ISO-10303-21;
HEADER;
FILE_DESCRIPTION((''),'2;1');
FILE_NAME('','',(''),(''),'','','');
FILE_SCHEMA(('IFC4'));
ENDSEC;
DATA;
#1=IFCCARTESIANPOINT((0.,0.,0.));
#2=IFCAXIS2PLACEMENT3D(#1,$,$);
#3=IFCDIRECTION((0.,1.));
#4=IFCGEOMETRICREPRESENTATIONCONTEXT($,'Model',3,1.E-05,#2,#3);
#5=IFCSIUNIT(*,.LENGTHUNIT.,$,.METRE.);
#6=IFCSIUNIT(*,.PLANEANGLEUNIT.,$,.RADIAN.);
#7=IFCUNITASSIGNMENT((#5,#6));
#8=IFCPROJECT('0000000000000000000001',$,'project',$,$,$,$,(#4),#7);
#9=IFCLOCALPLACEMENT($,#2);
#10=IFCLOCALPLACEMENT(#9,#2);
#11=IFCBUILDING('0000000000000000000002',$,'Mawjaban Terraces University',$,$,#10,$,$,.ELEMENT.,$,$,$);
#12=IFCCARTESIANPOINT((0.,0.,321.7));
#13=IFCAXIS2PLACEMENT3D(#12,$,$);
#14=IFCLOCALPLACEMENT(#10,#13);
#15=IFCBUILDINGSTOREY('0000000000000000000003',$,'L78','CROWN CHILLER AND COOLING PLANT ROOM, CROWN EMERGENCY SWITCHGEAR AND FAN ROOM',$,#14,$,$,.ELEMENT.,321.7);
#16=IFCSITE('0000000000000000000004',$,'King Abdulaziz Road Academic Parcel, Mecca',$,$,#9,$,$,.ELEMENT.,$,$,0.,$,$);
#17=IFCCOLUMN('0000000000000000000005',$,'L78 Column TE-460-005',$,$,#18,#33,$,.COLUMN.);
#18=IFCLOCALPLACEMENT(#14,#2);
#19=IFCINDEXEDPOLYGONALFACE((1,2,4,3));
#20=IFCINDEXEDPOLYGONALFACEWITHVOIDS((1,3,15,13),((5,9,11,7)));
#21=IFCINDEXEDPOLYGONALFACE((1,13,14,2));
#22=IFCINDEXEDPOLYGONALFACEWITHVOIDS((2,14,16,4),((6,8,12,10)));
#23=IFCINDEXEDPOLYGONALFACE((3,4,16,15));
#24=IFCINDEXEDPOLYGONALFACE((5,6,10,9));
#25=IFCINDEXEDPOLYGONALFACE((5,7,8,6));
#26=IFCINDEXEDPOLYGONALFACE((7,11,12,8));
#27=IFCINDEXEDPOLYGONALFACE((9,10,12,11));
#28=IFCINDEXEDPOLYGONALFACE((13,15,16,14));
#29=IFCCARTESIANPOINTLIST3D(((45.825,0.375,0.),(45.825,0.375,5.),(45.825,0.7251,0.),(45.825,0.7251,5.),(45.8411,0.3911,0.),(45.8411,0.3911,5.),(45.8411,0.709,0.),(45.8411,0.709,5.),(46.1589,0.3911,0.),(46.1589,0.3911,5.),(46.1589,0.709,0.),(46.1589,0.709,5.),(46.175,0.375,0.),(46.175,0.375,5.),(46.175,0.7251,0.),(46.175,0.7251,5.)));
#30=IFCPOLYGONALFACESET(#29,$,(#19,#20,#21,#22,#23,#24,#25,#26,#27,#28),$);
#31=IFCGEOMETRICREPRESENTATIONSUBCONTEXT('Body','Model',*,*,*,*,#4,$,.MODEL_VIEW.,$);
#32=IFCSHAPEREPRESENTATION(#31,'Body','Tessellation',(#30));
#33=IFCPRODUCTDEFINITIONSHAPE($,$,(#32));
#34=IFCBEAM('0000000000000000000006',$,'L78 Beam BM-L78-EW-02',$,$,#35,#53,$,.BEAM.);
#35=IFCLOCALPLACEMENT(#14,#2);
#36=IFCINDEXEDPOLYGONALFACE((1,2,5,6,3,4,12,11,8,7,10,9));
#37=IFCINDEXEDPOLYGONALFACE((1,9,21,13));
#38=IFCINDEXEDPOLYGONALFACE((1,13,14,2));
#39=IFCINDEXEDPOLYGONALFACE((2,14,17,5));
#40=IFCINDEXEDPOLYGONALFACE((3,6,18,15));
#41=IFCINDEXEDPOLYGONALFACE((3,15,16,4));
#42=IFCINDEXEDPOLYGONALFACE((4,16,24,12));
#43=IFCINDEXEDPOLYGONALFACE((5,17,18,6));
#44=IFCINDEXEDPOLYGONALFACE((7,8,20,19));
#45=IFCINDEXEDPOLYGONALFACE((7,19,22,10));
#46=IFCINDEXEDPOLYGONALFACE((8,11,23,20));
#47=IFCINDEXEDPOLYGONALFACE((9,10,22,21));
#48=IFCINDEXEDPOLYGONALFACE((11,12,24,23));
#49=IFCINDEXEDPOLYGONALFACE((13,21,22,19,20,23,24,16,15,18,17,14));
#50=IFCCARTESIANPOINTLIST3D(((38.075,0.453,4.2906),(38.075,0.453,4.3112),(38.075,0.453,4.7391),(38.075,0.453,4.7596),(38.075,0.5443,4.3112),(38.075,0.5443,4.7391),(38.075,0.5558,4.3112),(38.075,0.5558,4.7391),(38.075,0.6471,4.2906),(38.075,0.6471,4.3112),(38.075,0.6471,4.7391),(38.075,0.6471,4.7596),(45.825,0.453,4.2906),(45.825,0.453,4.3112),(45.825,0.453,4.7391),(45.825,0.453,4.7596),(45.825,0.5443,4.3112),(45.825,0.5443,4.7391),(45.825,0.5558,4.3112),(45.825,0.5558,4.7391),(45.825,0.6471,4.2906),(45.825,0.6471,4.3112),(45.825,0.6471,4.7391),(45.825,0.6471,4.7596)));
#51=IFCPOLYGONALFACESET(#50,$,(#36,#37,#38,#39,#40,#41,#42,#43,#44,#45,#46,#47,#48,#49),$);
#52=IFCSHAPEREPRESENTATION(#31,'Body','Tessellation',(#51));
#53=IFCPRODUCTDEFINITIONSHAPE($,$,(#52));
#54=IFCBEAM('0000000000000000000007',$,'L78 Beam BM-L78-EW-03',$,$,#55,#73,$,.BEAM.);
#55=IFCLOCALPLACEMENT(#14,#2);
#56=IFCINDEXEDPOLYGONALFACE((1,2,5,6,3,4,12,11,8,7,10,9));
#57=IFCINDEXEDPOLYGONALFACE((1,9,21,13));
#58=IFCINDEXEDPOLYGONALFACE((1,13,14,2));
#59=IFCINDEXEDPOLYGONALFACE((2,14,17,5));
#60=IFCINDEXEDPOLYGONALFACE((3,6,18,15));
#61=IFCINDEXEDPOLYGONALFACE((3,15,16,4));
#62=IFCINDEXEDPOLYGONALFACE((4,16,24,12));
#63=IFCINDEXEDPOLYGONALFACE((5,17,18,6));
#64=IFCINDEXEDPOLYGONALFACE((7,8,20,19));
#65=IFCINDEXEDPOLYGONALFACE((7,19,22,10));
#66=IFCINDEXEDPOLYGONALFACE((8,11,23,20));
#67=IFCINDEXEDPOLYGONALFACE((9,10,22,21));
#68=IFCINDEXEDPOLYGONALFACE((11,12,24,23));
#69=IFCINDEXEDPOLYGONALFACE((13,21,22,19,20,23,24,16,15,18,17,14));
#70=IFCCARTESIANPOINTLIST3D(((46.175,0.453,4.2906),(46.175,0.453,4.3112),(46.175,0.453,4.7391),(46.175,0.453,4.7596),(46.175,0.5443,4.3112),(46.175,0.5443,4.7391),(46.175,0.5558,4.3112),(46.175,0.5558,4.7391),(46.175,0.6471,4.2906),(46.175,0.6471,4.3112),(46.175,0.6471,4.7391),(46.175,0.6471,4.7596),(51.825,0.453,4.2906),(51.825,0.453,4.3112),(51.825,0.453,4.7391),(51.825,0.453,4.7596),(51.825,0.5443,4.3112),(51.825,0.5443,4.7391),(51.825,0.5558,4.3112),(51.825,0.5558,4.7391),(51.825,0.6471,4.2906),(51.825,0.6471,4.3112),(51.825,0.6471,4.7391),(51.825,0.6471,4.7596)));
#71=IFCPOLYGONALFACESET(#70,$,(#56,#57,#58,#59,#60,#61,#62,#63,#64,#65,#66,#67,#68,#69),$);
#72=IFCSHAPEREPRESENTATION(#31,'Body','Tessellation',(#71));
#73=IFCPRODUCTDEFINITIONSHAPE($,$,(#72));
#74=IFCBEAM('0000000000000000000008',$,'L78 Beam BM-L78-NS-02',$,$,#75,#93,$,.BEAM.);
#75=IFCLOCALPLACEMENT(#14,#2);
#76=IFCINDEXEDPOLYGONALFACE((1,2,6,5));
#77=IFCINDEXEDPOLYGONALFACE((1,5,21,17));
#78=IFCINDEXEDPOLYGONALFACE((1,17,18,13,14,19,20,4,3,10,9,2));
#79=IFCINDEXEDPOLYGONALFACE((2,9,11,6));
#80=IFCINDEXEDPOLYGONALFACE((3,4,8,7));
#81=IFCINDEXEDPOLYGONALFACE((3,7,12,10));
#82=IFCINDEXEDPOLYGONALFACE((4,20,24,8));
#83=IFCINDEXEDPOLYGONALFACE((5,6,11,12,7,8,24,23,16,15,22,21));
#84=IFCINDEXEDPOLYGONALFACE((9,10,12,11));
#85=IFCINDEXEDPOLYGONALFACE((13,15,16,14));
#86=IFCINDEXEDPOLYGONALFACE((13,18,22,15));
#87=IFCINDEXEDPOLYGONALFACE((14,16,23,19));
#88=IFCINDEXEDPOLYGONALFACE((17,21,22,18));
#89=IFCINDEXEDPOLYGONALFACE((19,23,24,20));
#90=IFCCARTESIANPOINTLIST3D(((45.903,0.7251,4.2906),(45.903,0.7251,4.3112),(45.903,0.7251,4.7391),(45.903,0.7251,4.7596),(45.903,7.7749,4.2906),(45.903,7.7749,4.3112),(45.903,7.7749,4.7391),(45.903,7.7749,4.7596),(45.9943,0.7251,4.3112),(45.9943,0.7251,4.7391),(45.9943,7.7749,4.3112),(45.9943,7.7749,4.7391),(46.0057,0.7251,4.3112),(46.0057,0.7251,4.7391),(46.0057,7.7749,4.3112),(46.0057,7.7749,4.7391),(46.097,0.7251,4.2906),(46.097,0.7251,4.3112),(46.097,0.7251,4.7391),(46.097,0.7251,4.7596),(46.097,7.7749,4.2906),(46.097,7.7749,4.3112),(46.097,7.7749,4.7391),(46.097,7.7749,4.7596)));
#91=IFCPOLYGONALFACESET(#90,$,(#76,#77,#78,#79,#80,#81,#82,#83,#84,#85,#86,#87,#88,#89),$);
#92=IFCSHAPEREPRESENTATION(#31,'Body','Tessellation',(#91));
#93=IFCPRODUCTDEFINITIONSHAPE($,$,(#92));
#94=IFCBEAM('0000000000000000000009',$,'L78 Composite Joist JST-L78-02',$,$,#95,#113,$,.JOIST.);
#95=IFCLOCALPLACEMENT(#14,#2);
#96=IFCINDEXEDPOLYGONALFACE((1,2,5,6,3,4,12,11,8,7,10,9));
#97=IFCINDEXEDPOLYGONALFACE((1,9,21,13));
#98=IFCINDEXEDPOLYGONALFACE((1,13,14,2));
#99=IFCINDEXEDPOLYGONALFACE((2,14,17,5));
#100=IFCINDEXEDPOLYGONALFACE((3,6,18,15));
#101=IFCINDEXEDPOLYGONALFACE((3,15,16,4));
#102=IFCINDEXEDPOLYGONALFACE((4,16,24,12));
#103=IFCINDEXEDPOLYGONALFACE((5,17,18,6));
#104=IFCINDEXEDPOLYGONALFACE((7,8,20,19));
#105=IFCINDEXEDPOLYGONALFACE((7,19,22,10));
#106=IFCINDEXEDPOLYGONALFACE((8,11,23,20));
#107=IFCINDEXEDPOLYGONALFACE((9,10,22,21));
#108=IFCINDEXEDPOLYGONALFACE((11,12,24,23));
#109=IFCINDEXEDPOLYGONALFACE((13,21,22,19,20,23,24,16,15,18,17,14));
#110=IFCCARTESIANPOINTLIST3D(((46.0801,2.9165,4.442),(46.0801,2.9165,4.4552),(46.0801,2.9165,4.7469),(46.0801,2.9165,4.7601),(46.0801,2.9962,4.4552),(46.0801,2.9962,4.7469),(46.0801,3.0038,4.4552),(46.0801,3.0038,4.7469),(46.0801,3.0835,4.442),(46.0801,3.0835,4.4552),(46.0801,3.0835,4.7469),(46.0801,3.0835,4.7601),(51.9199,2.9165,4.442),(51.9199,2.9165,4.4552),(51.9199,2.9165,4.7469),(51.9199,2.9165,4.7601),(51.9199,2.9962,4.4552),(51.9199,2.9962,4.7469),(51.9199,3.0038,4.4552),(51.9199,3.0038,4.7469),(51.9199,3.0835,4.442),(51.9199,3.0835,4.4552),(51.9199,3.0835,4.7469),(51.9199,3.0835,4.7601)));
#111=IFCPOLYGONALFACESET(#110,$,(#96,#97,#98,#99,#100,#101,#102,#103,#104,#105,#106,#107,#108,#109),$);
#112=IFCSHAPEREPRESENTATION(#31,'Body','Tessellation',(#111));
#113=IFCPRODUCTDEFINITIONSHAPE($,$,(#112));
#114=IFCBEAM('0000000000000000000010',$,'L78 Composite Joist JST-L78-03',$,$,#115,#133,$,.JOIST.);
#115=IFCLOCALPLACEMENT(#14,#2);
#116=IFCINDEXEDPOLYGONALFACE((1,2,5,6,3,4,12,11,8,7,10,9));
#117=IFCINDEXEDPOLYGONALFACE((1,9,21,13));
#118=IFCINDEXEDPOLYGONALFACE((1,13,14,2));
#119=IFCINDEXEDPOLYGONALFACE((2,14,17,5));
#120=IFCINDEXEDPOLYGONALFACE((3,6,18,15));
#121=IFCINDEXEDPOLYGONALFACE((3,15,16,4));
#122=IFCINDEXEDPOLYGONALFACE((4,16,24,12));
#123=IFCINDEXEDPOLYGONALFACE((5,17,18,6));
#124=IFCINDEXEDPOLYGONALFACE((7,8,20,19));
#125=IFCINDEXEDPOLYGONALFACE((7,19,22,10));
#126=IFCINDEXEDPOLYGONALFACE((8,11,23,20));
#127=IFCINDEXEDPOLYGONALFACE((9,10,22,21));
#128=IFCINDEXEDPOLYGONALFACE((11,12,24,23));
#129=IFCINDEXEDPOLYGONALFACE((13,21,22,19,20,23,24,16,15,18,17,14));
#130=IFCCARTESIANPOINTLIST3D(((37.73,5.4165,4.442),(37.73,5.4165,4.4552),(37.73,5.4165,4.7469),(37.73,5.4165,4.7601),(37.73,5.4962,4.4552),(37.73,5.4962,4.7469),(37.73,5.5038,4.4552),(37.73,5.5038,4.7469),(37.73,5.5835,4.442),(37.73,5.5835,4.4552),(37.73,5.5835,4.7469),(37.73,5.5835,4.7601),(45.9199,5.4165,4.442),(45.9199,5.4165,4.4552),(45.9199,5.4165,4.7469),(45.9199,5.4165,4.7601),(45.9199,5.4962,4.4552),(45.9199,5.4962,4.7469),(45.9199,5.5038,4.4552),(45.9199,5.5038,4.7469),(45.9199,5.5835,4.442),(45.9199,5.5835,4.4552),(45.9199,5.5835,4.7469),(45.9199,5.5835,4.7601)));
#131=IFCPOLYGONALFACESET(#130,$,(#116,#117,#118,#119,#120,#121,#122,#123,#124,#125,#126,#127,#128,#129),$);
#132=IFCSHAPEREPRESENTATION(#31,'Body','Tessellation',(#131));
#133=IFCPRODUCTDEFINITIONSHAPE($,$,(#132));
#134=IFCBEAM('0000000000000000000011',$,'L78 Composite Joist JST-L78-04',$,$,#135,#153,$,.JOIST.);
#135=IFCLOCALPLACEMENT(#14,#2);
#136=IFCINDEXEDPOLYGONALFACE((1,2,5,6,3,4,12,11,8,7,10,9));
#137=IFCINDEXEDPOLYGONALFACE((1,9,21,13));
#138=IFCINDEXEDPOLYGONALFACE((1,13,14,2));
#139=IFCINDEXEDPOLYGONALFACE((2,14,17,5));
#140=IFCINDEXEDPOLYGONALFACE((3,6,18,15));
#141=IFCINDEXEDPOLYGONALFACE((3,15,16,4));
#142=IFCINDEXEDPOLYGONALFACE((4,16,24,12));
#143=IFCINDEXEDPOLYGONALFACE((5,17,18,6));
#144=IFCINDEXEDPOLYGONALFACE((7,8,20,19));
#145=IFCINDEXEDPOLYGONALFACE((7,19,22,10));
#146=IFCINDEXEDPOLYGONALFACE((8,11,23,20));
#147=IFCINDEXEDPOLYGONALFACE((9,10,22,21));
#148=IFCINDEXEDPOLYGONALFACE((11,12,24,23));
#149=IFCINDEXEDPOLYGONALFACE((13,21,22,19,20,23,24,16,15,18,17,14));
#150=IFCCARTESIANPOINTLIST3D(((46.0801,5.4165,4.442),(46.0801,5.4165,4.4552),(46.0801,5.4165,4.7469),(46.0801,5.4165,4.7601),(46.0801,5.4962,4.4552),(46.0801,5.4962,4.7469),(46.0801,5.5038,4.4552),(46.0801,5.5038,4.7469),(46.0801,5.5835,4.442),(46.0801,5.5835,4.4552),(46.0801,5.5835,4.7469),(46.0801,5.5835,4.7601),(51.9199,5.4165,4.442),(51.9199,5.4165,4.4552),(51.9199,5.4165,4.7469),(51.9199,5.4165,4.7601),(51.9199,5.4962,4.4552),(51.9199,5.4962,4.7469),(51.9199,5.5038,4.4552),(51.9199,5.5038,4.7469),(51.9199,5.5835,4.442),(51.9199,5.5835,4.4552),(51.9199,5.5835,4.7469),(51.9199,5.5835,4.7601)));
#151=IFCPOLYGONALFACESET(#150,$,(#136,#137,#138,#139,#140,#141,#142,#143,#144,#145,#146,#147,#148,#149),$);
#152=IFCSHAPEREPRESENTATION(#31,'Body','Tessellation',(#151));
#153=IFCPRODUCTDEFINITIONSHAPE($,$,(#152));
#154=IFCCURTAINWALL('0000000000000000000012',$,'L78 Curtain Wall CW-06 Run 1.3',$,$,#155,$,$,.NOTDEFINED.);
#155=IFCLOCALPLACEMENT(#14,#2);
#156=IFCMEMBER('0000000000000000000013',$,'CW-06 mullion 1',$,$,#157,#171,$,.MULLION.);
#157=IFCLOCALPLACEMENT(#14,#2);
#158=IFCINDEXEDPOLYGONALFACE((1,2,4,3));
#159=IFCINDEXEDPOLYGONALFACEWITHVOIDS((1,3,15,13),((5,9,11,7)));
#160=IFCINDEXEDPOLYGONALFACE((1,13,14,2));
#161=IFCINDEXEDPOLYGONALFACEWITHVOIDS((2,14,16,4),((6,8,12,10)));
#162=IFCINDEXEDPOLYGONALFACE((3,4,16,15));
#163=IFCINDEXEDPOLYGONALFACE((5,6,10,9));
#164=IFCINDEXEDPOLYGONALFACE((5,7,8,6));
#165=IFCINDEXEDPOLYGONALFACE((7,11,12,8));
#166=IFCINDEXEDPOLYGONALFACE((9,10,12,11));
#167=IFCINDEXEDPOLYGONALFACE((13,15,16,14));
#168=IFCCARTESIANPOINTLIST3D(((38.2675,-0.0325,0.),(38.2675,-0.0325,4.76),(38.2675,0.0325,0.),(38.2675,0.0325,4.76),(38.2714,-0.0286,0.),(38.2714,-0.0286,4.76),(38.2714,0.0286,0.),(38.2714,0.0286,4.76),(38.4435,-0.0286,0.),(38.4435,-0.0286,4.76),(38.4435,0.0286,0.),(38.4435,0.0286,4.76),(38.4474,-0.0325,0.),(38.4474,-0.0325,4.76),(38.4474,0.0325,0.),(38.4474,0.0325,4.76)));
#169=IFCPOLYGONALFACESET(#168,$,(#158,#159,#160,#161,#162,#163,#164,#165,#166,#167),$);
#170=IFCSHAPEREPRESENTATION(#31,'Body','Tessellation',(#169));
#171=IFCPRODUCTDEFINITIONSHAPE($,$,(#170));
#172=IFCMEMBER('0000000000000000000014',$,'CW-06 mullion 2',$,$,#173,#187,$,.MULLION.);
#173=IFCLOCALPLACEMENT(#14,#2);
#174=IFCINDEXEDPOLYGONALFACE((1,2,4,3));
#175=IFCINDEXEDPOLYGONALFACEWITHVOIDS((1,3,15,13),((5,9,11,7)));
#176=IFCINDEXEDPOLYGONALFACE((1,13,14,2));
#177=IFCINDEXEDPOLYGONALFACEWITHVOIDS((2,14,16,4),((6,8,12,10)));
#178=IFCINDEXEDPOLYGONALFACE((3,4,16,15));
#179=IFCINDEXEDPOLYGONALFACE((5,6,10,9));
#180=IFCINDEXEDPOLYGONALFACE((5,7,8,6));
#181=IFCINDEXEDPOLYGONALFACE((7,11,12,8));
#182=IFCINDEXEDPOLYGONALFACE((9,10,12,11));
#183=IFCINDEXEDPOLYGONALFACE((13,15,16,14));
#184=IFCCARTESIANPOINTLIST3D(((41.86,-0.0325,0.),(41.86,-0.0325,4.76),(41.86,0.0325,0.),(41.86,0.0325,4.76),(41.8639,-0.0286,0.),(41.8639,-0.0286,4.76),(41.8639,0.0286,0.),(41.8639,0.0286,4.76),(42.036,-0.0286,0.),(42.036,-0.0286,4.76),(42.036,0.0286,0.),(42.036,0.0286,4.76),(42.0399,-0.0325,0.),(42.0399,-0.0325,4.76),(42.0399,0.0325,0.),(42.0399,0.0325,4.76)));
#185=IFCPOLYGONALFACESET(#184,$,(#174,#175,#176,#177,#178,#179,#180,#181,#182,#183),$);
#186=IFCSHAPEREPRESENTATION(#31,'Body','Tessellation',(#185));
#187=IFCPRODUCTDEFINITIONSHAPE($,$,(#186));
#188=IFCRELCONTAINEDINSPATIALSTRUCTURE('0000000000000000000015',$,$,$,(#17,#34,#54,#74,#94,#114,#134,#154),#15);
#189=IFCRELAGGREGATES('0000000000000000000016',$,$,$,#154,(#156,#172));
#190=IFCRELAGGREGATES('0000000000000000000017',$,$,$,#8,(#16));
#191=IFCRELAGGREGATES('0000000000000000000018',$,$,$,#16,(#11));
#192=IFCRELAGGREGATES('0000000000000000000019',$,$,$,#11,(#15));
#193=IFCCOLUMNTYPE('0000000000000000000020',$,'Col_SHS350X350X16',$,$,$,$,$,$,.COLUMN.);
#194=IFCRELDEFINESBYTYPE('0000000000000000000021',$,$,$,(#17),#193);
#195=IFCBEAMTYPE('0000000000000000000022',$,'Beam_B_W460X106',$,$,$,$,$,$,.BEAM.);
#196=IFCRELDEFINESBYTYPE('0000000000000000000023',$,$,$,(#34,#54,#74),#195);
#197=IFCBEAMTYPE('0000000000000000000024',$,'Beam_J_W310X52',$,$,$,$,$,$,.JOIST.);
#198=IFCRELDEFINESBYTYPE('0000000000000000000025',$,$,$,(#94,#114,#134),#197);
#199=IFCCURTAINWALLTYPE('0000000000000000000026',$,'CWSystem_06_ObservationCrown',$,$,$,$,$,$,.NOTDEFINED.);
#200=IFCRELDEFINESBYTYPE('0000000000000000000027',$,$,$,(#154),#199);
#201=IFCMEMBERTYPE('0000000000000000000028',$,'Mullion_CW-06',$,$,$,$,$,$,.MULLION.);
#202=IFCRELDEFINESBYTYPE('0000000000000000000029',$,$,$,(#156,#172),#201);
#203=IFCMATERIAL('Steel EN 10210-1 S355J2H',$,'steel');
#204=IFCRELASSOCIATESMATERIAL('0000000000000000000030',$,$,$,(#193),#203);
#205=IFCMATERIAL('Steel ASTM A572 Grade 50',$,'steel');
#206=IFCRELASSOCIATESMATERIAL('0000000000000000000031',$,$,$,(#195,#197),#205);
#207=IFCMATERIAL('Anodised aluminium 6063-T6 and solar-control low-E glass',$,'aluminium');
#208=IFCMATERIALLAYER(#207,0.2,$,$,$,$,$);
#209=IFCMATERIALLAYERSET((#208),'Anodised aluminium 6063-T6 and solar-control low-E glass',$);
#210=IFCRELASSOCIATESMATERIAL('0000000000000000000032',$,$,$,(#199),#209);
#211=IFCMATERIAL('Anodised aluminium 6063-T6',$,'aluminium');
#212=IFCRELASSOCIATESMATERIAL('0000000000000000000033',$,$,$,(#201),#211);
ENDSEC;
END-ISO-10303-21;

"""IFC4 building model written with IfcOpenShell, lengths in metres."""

from ifc_helpers import new_model, si_unit, direction, frame, origin, origin_2d, place, context, subcontext, project, spatial, hollow_rectangle, i_section, extrude, material, layer, layer_set, material_profile, profile_set, type_object, element, aggregate, save


model = new_model("IFC4")

# Units and contexts
model_context = context("Model", 3, precision=1e-05, world=origin(), true_north=direction((0.0, 1.0)))
body_context = subcontext(model_context, "Body", "Model", "MODEL_VIEW")
ifc_project = project(units=[si_unit("LENGTHUNIT", "METRE"), si_unit("PLANEANGLEUNIT", "RADIAN")], contexts=[model_context])

# Site, building, storey
site_placement = place(None, origin())
site = spatial("IfcSite", under=ifc_project, at=site_placement, Name="King Abdulaziz Road Academic Parcel, Mecca", CompositionType="ELEMENT", RefElevation=0.0)
building_placement = place(site_placement, origin())
building = spatial("IfcBuilding", under=site, at=building_placement, Name="Mawjaban Terraces University", CompositionType="ELEMENT")
storey_placement = place(building_placement, frame((0.0, 0.0, 321.7)))
storey = spatial("IfcBuildingStorey", under=building, at=storey_placement, Name="L78", Description="CROWN CHILLER AND COOLING PLANT ROOM, CROWN EMERGENCY SWITCHGEAR AND FAN ROOM", CompositionType="ELEMENT", Elevation=321.7)

# Column
ifc_material_1 = material(Name="Steel EN 10210-1 S355J2H", Category="steel")
ifc_material_profile_1 = material_profile(ifc_material_1, hollow_rectangle(XDim=0.3501, YDim=0.3501, WallThickness=0.0161, at=origin_2d()), Name="SHS350X350X16")
ifc_profile_set_1 = profile_set([ifc_material_profile_1], Name="Steel EN 10210-1 S355J2H")
column_type = type_object("IfcColumnType", Name="Col_SHS350X350X16", PredefinedType="COLUMN", material=ifc_profile_set_1)
column_placement = place(storey_placement, frame((46.0, 0.55, 0.0), z_axis=(0.0, 0.0, 1.0), x_axis=(1.0, 0.0, 0.0)))
element("IfcColumn", 1, at=column_placement, inside=storey, type_object=column_type, Name="L78 Column TE-460-005", PredefinedType="COLUMN", context=body_context, shape_type="SweptSolid", body=[
    extrude(hollow_rectangle(XDim=0.3501, YDim=0.3501, WallThickness=0.0161, at=origin_2d()), origin(), (0.0, 0.0, 1.0), 5.0),
])

# Beams
ifc_material_2 = material(Name="Steel ASTM A572 Grade 50", Category="steel")
ifc_material_profile_2 = material_profile(ifc_material_2, i_section(OverallWidth=0.1941, OverallDepth=0.469, WebThickness=0.0115, FlangeThickness=0.0205, at=origin_2d()), Name="W460X106")
ifc_profile_set_2 = profile_set([ifc_material_profile_2], Name="Steel ASTM A572 Grade 50")
beam_type_1 = type_object("IfcBeamType", Name="Beam_B_W460X106", PredefinedType="BEAM", material=ifc_profile_set_2)
beam_1_placement = place(storey_placement, frame((38.075, 0.55, 4.5251), z_axis=(1.0, 0.0, 0.0), x_axis=(0.0, 1.0, 0.0)))
element("IfcBeam", 2, at=beam_1_placement, inside=storey, type_object=beam_type_1, Name="L78 Beam BM-L78-EW-02", PredefinedType="BEAM", context=body_context, shape_type="SweptSolid", body=[
    extrude(i_section(OverallWidth=0.1941, OverallDepth=0.469, WebThickness=0.0115, FlangeThickness=0.0205, at=origin_2d()), origin(), (0.0, 0.0, 1.0), 7.75),
])
beam_2_placement = place(storey_placement, frame((46.175, 0.55, 4.5251), z_axis=(1.0, 0.0, 0.0), x_axis=(0.0, 1.0, 0.0)))
element("IfcBeam", 3, at=beam_2_placement, inside=storey, type_object=beam_type_1, Name="L78 Beam BM-L78-EW-03", PredefinedType="BEAM", context=body_context, shape_type="SweptSolid", body=[
    extrude(i_section(OverallWidth=0.1941, OverallDepth=0.469, WebThickness=0.0115, FlangeThickness=0.0205, at=origin_2d()), origin(), (0.0, 0.0, 1.0), 5.6499),
])
beam_3_placement = place(storey_placement, frame((46.0, 0.7251, 4.5251), z_axis=(0.0, 1.0, 0.0), x_axis=(-1.0, 0.0, 0.0)))
element("IfcBeam", 4, at=beam_3_placement, inside=storey, type_object=beam_type_1, Name="L78 Beam BM-L78-NS-02", PredefinedType="BEAM", context=body_context, shape_type="SweptSolid", body=[
    extrude(i_section(OverallWidth=0.1941, OverallDepth=0.469, WebThickness=0.0115, FlangeThickness=0.0205, at=origin_2d()), origin(), (0.0, 0.0, 1.0), 7.0498),
])
ifc_material_profile_3 = material_profile(ifc_material_2, i_section(OverallWidth=0.167, OverallDepth=0.3181, WebThickness=0.0076, FlangeThickness=0.0132, at=origin_2d()), Name="W310X52")
ifc_profile_set_3 = profile_set([ifc_material_profile_3], Name="Steel ASTM A572 Grade 50")
beam_type_2 = type_object("IfcBeamType", Name="Beam_J_W310X52", PredefinedType="JOIST", material=ifc_profile_set_3)
beam_4_placement = place(storey_placement, frame((46.0801, 3.0, 4.6011), z_axis=(1.0, 0.0, 0.0), x_axis=(0.0, 1.0, 0.0)))
element("IfcBeam", 5, at=beam_4_placement, inside=storey, type_object=beam_type_2, Name="L78 Composite Joist JST-L78-02", PredefinedType="JOIST", context=body_context, shape_type="SweptSolid", body=[
    extrude(i_section(OverallWidth=0.167, OverallDepth=0.3181, WebThickness=0.0076, FlangeThickness=0.0132, at=origin_2d()), origin(), (0.0, 0.0, 1.0), 5.8398),
])
beam_5_placement = place(storey_placement, frame((37.73, 5.5, 4.6011), z_axis=(1.0, 0.0, 0.0), x_axis=(0.0, 1.0, 0.0)))
element("IfcBeam", 6, at=beam_5_placement, inside=storey, type_object=beam_type_2, Name="L78 Composite Joist JST-L78-03", PredefinedType="JOIST", context=body_context, shape_type="SweptSolid", body=[
    extrude(i_section(OverallWidth=0.167, OverallDepth=0.3181, WebThickness=0.0076, FlangeThickness=0.0132, at=origin_2d()), origin(), (0.0, 0.0, 1.0), 8.1899),
])
beam_6_placement = place(storey_placement, frame((46.0801, 5.5, 4.6011), z_axis=(1.0, 0.0, 0.0), x_axis=(0.0, 1.0, 0.0)))
element("IfcBeam", 7, at=beam_6_placement, inside=storey, type_object=beam_type_2, Name="L78 Composite Joist JST-L78-04", PredefinedType="JOIST", context=body_context, shape_type="SweptSolid", body=[
    extrude(i_section(OverallWidth=0.167, OverallDepth=0.3181, WebThickness=0.0076, FlangeThickness=0.0132, at=origin_2d()), origin(), (0.0, 0.0, 1.0), 5.8398),
])

# Curtain wall, members
ifc_material_3 = material(Name="Anodised aluminium 6063-T6 and solar-control low-E glass", Category="aluminium")
ifc_layer_1 = layer(ifc_material_3, 0.2)
ifc_layer_set_1 = layer_set([ifc_layer_1], Name="Anodised aluminium 6063-T6 and solar-control low-E glass")
curtain_wall_type = type_object("IfcCurtainWallType", Name="CWSystem_06_ObservationCrown", PredefinedType="NOTDEFINED", material=ifc_layer_set_1)
curtain_wall_1_placement = place(storey_placement, origin())
curtain_wall_1 = element("IfcCurtainWall", 8, at=curtain_wall_1_placement, inside=storey, type_object=curtain_wall_type, Name="L78 Curtain Wall CW-06 Run 1.3", PredefinedType="NOTDEFINED")
ifc_material_4 = material(Name="Anodised aluminium 6063-T6", Category="aluminium")
ifc_material_profile_4 = material_profile(ifc_material_4, hollow_rectangle(XDim=0.0649, YDim=0.1799, WallThickness=0.0039, at=origin_2d()), Name="ALU180X65X4")
ifc_profile_set_4 = profile_set([ifc_material_profile_4], Name="Anodised aluminium 6063-T6")
member_type_1 = type_object("IfcMemberType", Name="Mullion_CW-06", PredefinedType="MULLION", material=ifc_profile_set_4)
member_1_placement = place(storey_placement, frame((38.3574, 0.0, 0.0), z_axis=(0.0, 0.0, 1.0), x_axis=(0.0, 1.0, 0.0)))
member_1 = element("IfcMember", 9, at=member_1_placement, type_object=member_type_1, Name="CW-06 mullion 1", PredefinedType="MULLION", context=body_context, shape_type="SweptSolid", body=[
    extrude(hollow_rectangle(XDim=0.0649, YDim=0.1799, WallThickness=0.0039, at=origin_2d()), origin(), (0.0, 0.0, 1.0), 4.76),
])
member_2_placement = place(storey_placement, frame((41.95, 0.0, 0.0), z_axis=(0.0, 0.0, 1.0), x_axis=(0.0, 1.0, 0.0)))
member_2 = element("IfcMember", 10, at=member_2_placement, type_object=member_type_1, Name="CW-06 mullion 2", PredefinedType="MULLION", context=body_context, shape_type="SweptSolid", body=[
    extrude(hollow_rectangle(XDim=0.0649, YDim=0.1799, WallThickness=0.0039, at=origin_2d()), origin(), (0.0, 0.0, 1.0), 4.76),
])

aggregate(curtain_wall_1, [member_1, member_2])

save(model, "model.ifc")
